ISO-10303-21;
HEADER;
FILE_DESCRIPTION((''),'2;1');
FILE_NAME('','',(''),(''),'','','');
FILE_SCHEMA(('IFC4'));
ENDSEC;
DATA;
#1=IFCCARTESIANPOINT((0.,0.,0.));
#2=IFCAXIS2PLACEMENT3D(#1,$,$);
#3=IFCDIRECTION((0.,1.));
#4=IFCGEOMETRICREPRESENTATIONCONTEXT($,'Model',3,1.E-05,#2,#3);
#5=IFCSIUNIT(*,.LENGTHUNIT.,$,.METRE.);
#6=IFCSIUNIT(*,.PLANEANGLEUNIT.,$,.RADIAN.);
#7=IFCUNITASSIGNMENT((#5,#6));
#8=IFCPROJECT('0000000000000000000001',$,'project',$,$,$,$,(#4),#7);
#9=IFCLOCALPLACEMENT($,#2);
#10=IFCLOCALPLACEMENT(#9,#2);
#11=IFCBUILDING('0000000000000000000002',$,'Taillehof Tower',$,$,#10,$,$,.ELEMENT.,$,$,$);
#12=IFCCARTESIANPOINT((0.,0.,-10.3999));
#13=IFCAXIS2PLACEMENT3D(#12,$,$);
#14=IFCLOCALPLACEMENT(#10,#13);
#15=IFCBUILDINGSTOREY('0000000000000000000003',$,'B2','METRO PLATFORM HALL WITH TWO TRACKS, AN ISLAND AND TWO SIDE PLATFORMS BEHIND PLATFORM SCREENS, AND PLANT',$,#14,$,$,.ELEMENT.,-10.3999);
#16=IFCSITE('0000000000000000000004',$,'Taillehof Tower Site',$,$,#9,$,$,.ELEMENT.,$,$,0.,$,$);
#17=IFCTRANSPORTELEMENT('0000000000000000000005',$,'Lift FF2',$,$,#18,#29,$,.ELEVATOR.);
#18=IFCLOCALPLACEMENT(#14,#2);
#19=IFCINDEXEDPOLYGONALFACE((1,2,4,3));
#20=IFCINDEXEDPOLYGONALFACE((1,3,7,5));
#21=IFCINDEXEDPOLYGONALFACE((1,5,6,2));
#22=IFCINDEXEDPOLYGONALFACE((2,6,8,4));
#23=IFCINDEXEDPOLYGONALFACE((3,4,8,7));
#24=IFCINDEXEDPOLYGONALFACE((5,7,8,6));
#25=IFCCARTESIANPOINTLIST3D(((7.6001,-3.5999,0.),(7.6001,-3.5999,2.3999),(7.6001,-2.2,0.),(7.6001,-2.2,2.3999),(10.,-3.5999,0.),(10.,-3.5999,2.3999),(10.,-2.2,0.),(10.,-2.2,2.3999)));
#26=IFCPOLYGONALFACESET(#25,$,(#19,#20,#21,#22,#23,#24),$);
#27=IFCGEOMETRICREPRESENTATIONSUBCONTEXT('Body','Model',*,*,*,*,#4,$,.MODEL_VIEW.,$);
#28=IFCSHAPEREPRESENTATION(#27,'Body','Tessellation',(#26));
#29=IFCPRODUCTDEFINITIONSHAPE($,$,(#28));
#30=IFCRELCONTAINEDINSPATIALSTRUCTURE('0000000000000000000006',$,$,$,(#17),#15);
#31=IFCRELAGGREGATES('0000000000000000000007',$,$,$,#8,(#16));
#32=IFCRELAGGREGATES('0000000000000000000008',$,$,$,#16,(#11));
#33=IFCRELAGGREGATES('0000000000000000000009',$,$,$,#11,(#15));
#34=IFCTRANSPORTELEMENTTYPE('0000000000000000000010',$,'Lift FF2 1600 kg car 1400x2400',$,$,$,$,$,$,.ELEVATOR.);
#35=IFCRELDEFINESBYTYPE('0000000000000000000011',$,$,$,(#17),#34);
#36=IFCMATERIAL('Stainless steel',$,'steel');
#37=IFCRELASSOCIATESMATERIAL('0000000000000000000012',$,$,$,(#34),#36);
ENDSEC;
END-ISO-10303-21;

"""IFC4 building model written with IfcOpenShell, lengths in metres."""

from ifc_helpers import new_model, si_unit, direction, frame, origin, origin_2d, place, context, subcontext, project, spatial, rectangle, extrude, material, type_object, element, save


model = new_model("IFC4")

# Units and contexts
model_context = context("Model", 3, precision=1e-05, world=origin(), true_north=direction((0.0, 1.0)))
body_context = subcontext(model_context, "Body", "Model", "MODEL_VIEW")
ifc_project = project(units=[si_unit("LENGTHUNIT", "METRE"), si_unit("PLANEANGLEUNIT", "RADIAN")], contexts=[model_context])

# Site, building, storey
site_placement = place(None, origin())
site = spatial("IfcSite", under=ifc_project, at=site_placement, Name="Taillehof Tower Site", CompositionType="ELEMENT", RefElevation=0.0)
building_placement = place(site_placement, origin())
building = spatial("IfcBuilding", under=site, at=building_placement, Name="Taillehof Tower", CompositionType="ELEMENT")
storey_placement = place(building_placement, frame((0.0, 0.0, -10.3999)))
storey = spatial("IfcBuildingStorey", under=building, at=storey_placement, Name="B2", Description="METRO PLATFORM HALL WITH TWO TRACKS, AN ISLAND AND TWO SIDE PLATFORMS BEHIND PLATFORM SCREENS, AND PLANT", CompositionType="ELEMENT", Elevation=-10.3999)

# Transport element
ifc_material_1 = material(Name="Stainless steel", Category="steel")
transport_element_type = type_object("IfcTransportElementType", Name="Lift FF2 1600 kg car 1400x2400", PredefinedType="ELEVATOR", material=ifc_material_1)
transport_element_placement = place(storey_placement, frame((8.8, -2.8999, 0.0), z_axis=(0.0, 0.0, 1.0), x_axis=(1.0, 0.0, 0.0)))
element("IfcTransportElement", 1, at=transport_element_placement, inside=storey, type_object=transport_element_type, Name="Lift FF2", PredefinedType="ELEVATOR", context=body_context, shape_type="SweptSolid", body=[
    extrude(rectangle(XDim=2.3999, YDim=1.3999, at=origin_2d()), origin(), (0.0, 0.0, 1.0), 2.3999),
])

save(model, "model.ifc")
